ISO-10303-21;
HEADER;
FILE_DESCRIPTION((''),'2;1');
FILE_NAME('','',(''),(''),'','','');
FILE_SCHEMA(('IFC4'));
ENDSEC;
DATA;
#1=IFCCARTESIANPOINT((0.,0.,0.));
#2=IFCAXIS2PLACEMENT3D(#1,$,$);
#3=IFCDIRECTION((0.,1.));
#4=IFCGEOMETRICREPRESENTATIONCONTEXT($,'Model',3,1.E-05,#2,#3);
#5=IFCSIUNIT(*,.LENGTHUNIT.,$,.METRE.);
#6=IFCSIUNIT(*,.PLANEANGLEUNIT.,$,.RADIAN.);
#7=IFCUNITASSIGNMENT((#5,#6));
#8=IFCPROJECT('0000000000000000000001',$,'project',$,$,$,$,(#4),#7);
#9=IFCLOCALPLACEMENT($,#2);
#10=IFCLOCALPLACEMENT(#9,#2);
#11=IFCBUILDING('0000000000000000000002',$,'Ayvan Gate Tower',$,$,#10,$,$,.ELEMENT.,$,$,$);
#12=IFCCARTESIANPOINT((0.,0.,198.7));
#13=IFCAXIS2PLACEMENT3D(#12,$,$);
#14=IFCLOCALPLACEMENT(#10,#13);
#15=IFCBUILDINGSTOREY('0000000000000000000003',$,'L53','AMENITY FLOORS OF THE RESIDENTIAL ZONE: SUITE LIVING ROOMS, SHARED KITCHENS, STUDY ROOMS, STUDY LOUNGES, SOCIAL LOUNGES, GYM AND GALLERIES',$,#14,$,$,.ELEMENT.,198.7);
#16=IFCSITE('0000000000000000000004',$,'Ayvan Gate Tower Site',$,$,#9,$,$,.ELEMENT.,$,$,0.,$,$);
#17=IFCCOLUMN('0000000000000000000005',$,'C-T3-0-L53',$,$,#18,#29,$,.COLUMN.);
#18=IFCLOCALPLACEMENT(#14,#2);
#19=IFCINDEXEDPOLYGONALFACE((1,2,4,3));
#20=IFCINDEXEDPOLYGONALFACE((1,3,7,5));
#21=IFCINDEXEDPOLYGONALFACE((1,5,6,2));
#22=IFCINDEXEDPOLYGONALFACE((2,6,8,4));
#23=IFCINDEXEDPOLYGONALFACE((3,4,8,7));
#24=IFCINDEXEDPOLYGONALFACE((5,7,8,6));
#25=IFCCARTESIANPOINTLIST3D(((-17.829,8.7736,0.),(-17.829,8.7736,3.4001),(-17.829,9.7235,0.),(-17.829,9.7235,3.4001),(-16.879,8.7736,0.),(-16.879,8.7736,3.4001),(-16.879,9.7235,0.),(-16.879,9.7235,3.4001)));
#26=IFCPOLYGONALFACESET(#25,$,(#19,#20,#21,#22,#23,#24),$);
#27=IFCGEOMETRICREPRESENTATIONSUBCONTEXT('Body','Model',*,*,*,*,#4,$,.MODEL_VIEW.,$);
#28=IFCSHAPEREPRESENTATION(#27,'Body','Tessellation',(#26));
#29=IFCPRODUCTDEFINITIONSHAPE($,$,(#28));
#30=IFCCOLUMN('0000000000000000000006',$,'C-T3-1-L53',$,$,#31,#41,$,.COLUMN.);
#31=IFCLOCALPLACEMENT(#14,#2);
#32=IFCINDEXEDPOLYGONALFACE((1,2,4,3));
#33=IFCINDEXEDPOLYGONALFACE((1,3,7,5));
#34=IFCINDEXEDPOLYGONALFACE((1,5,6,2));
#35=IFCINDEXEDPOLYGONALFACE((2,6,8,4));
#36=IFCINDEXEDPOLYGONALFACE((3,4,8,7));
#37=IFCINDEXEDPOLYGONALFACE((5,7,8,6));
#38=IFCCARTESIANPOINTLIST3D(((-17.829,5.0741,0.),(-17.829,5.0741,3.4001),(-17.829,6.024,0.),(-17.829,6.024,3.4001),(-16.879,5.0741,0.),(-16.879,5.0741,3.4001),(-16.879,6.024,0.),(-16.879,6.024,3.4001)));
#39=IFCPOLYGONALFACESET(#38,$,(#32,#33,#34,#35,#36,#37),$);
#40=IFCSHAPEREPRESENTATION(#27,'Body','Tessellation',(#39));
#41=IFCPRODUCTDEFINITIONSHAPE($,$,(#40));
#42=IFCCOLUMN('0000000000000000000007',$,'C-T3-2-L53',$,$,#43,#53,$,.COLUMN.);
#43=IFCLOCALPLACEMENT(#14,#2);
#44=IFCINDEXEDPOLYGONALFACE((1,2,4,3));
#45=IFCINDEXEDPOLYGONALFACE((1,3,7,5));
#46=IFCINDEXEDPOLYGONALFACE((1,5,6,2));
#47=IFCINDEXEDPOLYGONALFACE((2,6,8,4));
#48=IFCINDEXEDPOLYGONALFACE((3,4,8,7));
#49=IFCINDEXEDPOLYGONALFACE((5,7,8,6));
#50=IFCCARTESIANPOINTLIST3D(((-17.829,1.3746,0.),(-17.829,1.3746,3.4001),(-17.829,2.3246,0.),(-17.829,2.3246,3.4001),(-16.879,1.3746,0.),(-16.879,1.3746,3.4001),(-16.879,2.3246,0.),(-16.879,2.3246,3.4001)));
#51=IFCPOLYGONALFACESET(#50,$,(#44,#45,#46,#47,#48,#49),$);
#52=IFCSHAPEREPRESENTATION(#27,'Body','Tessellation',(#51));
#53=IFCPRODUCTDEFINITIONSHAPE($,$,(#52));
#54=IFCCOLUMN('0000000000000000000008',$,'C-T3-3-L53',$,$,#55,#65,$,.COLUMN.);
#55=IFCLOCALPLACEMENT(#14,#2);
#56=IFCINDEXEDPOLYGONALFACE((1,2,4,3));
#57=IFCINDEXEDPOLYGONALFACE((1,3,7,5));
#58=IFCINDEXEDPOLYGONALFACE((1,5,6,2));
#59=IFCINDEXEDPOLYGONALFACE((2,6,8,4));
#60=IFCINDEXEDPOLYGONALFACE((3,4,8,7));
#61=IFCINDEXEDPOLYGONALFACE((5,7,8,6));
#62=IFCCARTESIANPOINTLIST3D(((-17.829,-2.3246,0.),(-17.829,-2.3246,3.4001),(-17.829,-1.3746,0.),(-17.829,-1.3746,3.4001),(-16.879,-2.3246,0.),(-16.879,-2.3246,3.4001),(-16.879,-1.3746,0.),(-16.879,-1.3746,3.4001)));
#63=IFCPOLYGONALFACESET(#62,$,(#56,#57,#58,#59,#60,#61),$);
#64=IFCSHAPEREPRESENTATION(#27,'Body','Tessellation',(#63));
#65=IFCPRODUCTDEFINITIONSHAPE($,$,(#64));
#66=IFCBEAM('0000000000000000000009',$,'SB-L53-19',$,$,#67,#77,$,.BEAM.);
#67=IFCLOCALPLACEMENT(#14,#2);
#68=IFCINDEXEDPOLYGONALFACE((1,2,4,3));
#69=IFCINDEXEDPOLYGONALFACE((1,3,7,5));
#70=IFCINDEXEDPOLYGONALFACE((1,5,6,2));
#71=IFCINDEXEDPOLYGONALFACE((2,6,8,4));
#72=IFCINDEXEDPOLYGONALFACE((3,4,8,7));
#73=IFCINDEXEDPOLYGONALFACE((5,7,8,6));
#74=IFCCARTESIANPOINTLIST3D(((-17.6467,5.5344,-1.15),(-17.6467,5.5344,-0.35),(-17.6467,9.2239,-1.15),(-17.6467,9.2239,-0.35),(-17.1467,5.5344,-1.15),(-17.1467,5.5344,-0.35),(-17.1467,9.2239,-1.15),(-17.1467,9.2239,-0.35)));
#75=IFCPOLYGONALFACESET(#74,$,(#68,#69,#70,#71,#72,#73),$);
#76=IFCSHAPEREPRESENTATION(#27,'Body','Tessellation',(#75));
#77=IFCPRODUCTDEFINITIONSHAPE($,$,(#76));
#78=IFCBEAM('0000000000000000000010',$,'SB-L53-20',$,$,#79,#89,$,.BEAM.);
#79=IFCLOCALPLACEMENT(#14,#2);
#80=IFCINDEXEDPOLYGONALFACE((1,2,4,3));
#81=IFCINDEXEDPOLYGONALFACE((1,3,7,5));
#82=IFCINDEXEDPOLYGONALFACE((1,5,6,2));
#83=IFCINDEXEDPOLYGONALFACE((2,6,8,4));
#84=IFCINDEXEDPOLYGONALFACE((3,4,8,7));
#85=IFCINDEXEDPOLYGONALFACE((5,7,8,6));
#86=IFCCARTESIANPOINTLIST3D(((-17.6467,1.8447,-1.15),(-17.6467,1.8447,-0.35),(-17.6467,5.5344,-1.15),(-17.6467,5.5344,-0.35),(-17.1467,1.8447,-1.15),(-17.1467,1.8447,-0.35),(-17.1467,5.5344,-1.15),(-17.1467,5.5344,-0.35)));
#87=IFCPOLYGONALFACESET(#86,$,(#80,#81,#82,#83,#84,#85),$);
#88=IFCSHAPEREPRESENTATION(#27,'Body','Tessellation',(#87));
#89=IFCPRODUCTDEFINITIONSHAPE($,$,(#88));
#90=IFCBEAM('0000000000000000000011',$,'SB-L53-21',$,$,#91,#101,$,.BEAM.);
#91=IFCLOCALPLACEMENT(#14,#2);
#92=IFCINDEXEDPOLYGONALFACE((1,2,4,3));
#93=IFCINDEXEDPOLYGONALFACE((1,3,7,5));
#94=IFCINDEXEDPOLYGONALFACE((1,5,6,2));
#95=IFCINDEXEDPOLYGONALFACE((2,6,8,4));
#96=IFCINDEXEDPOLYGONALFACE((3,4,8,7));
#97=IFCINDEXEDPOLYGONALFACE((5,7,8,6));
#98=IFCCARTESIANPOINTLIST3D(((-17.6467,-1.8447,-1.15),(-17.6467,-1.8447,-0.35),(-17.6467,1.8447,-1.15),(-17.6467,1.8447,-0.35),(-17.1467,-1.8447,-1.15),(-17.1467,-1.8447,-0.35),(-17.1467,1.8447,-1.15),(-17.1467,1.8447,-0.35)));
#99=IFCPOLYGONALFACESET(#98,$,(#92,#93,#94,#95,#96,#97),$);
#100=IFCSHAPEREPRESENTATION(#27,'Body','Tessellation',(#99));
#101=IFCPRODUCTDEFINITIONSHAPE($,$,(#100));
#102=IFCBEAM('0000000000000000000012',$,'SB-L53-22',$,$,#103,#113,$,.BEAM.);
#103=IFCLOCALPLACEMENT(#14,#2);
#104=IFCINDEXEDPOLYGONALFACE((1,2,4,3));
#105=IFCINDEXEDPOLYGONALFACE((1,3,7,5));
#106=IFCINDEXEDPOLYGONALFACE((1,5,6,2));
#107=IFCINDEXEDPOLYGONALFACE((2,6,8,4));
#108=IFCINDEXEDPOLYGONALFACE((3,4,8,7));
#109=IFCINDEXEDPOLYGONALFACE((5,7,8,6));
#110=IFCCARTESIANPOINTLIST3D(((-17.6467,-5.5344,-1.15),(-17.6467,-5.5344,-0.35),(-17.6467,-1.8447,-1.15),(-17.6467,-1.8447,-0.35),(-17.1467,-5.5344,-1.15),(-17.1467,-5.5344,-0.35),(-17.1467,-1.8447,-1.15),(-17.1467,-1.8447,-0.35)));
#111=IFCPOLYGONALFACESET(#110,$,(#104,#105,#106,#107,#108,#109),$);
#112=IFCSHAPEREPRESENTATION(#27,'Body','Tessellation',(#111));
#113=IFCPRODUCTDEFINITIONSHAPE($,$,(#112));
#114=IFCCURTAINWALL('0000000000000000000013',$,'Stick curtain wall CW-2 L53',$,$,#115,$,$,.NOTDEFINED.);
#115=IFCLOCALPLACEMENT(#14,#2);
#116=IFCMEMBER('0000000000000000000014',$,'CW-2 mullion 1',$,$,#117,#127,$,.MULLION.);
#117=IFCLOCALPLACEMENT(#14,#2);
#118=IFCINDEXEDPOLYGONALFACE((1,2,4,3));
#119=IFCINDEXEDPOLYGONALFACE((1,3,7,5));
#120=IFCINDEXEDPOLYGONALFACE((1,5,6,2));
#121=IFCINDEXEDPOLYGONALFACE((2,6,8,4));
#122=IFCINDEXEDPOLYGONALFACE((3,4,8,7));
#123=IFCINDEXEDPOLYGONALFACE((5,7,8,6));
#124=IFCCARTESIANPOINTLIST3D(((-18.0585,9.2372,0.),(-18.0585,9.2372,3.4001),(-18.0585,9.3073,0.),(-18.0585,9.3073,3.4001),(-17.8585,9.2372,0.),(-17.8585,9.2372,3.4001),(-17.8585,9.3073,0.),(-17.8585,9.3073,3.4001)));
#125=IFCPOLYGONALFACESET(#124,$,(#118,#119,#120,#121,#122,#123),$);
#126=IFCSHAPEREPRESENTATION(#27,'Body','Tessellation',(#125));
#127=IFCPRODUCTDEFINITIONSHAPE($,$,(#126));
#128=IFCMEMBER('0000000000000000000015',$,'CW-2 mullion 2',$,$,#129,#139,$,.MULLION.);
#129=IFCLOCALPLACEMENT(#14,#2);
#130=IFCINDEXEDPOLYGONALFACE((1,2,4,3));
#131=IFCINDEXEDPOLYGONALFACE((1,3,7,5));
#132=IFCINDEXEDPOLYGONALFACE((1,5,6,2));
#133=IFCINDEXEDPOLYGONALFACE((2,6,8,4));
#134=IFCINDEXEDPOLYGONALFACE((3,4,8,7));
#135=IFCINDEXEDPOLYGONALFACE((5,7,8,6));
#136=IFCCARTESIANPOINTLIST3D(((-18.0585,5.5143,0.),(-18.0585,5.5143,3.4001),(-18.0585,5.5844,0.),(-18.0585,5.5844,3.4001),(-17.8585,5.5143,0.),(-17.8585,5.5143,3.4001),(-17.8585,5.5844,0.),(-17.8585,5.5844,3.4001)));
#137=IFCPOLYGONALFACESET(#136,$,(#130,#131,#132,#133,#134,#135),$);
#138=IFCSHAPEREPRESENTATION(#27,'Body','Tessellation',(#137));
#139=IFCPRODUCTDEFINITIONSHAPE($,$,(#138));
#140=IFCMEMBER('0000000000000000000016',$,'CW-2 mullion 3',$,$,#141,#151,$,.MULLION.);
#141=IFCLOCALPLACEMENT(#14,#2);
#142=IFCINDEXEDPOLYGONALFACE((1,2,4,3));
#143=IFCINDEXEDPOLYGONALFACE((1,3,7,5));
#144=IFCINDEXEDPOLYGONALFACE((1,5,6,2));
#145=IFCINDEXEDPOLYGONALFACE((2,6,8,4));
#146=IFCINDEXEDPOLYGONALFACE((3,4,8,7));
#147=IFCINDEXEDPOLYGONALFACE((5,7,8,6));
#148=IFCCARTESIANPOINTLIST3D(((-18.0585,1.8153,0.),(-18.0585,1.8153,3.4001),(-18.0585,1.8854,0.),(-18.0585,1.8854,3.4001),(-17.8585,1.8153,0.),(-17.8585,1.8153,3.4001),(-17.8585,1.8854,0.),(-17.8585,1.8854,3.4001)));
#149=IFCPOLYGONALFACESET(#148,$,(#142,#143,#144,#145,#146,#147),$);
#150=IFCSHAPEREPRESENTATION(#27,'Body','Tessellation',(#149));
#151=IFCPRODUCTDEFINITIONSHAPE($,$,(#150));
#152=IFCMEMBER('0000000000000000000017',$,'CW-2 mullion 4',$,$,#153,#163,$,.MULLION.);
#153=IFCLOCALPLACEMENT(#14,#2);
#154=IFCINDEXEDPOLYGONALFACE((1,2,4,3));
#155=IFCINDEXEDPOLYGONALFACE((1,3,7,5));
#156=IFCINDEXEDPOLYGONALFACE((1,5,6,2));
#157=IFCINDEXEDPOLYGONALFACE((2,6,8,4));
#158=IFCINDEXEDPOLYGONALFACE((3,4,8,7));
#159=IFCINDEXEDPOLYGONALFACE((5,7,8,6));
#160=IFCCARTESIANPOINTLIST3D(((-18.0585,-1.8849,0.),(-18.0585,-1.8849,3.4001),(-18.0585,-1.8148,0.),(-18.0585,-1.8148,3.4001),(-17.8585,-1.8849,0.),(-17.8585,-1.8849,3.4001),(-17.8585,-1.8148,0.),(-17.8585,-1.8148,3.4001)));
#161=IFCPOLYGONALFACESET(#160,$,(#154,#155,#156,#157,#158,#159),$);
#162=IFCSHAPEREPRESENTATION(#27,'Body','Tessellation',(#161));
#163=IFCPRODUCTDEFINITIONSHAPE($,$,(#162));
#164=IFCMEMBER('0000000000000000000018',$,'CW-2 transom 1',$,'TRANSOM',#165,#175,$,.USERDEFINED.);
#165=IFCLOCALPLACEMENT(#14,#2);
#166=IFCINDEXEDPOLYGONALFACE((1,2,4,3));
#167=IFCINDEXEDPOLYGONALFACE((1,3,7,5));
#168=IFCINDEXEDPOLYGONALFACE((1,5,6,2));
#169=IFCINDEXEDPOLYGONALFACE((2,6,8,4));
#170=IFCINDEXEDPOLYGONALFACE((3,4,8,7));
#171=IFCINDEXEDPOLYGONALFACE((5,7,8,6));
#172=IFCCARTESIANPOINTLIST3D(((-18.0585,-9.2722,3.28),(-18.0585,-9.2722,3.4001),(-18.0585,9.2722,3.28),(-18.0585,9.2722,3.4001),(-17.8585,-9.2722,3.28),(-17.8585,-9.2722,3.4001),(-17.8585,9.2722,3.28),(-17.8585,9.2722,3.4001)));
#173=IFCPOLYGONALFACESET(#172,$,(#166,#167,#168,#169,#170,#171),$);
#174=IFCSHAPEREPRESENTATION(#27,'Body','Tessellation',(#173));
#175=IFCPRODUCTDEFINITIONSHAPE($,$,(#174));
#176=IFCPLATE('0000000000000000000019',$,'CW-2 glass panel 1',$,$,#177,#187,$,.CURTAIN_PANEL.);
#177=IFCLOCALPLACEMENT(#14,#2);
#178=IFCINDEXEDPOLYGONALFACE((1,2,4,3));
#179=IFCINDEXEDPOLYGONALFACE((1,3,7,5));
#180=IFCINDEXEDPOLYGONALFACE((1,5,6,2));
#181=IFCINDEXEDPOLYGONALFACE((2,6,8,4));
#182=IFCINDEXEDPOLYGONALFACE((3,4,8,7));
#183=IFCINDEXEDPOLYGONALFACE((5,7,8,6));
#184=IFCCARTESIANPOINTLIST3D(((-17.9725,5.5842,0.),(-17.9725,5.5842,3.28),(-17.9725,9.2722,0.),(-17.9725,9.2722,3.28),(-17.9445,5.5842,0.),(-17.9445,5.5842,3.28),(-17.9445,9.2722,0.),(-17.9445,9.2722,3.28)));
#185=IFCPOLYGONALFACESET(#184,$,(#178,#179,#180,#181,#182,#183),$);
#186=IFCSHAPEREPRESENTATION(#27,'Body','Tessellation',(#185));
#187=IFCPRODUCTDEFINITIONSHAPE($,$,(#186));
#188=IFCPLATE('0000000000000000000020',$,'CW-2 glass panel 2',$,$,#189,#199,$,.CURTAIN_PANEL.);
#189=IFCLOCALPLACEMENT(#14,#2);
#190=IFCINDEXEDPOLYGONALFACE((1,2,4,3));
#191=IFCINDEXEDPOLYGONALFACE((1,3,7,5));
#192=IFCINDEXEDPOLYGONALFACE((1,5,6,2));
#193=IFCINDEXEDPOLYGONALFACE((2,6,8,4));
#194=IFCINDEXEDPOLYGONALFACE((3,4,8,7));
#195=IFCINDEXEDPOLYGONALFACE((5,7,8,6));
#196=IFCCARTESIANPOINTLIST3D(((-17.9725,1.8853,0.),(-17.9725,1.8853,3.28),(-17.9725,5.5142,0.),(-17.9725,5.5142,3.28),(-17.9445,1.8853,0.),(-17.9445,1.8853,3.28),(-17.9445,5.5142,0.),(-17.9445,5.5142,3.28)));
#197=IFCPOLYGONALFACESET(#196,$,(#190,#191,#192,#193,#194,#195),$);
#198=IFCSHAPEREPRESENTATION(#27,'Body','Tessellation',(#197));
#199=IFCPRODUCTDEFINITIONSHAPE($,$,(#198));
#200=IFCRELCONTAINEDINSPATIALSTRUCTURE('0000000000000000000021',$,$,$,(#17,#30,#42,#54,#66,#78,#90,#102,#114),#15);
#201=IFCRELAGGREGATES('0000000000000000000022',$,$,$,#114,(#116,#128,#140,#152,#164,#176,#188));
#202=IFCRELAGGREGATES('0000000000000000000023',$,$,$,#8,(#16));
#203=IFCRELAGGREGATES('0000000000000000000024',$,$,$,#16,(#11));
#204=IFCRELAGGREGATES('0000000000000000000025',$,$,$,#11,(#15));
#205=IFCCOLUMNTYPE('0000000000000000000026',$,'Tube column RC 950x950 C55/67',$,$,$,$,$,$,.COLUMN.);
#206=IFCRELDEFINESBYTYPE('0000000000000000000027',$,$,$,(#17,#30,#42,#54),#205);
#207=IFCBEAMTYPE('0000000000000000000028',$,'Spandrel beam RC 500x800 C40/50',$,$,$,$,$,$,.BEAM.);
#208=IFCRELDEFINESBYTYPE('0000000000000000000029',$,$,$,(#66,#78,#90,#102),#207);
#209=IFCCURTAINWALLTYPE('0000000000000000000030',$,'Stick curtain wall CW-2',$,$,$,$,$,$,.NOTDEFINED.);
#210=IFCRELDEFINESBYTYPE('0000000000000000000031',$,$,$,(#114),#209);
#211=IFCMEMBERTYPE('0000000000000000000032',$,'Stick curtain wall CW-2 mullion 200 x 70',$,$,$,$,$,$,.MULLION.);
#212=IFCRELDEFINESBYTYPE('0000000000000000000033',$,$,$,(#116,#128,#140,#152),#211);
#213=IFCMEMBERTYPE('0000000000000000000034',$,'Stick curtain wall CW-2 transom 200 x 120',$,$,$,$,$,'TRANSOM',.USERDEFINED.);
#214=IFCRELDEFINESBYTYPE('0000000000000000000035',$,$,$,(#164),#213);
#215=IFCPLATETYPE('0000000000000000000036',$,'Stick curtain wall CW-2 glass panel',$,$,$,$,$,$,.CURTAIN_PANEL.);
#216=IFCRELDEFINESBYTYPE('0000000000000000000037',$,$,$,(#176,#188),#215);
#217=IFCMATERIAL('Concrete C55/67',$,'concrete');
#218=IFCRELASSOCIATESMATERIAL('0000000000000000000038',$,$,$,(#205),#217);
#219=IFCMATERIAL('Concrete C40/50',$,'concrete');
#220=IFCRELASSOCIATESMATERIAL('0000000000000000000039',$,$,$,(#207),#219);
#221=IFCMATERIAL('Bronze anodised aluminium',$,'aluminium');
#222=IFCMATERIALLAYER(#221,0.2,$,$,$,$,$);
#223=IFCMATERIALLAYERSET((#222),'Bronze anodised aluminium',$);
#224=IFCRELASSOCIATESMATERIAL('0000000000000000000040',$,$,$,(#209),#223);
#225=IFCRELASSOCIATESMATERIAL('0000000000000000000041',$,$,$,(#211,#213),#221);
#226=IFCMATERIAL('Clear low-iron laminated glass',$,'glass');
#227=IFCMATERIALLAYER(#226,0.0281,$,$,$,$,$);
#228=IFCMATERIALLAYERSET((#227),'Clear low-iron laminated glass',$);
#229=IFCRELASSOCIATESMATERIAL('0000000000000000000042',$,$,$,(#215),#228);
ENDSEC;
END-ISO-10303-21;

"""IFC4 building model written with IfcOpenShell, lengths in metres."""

from ifc_helpers import new_model, si_unit, direction, frame, origin, origin_2d, place, context, subcontext, project, spatial, rectangle, extrude, material, layer, layer_set, material_profile, profile_set, type_object, element, aggregate, save


model = new_model("IFC4")

# Units and contexts
model_context = context("Model", 3, precision=1e-05, world=origin(), true_north=direction((0.0, 1.0)))
body_context = subcontext(model_context, "Body", "Model", "MODEL_VIEW")
ifc_project = project(units=[si_unit("LENGTHUNIT", "METRE"), si_unit("PLANEANGLEUNIT", "RADIAN")], contexts=[model_context])

# Site, building, storey
site_placement = place(None, origin())
site = spatial("IfcSite", under=ifc_project, at=site_placement, Name="Ayvan Gate Tower Site", CompositionType="ELEMENT", RefElevation=0.0)
building_placement = place(site_placement, origin())
building = spatial("IfcBuilding", under=site, at=building_placement, Name="Ayvan Gate Tower", CompositionType="ELEMENT")
storey_placement = place(building_placement, frame((0.0, 0.0, 198.7)))
storey = spatial("IfcBuildingStorey", under=building, at=storey_placement, Name="L53", Description="AMENITY FLOORS OF THE RESIDENTIAL ZONE: SUITE LIVING ROOMS, SHARED KITCHENS, STUDY ROOMS, STUDY LOUNGES, SOCIAL LOUNGES, GYM AND GALLERIES", CompositionType="ELEMENT", Elevation=198.7)

# Columns
ifc_material_1 = material(Name="Concrete C55/67", Category="concrete")
ifc_material_profile_1 = material_profile(ifc_material_1, rectangle(XDim=0.95, YDim=0.95, at=origin_2d()), Name="RC 950x950")
ifc_profile_set_1 = profile_set([ifc_material_profile_1], Name="Concrete C55/67")
column_type = type_object("IfcColumnType", Name="Tube column RC 950x950 C55/67", PredefinedType="COLUMN", material=ifc_profile_set_1)
for number, where, z_axis, x_axis, name in (
    (1, (-17.354, 9.2485, 0.0), (0.0, 0.0, 1.0), (-1.0, 0.0, 0.0), "C-T3-0-L53"),
    (2, (-17.354, 5.5491, 0.0), (0.0, 0.0, 1.0), (-1.0, 0.0, 0.0), "C-T3-1-L53"),
    (3, (-17.354, 1.8496, 0.0), (0.0, 0.0, 1.0), (-1.0, 0.0, 0.0), "C-T3-2-L53"),
    (4, (-17.354, -1.8496, 0.0), (0.0, 0.0, 1.0), (-1.0, 0.0, 0.0), "C-T3-3-L53"),
):
    element("IfcColumn", number, at=place(storey_placement, frame(where, z_axis=z_axis, x_axis=x_axis)), inside=storey, type_object=column_type, Name=name, PredefinedType="COLUMN", context=body_context, shape_type="SweptSolid", body=[
        extrude(rectangle(XDim=0.95, YDim=0.95, at=origin_2d()), origin(), (0.0, 0.0, 1.0), 3.4001),
    ])

# Beams
ifc_material_2 = material(Name="Concrete C40/50", Category="concrete")
ifc_material_profile_2 = material_profile(ifc_material_2, rectangle(XDim=0.5, YDim=0.8, at=origin_2d()), Name="RC 500x800")
ifc_profile_set_2 = profile_set([ifc_material_profile_2], Name="Concrete C40/50")
beam_type = type_object("IfcBeamType", Name="Spandrel beam RC 500x800 C40/50", PredefinedType="BEAM", material=ifc_profile_set_2)
beam_1_placement = place(storey_placement, frame((-17.3967, 9.2239, -0.75), z_axis=(0.0, -1.0, 0.0), x_axis=(1.0, 0.0, 0.0)))
element("IfcBeam", 5, at=beam_1_placement, inside=storey, type_object=beam_type, Name="SB-L53-19", PredefinedType="BEAM", context=body_context, shape_type="SweptSolid", body=[
    extrude(rectangle(XDim=0.5, YDim=0.8, at=origin_2d()), origin(), (0.0, 0.0, 1.0), 3.6895),
])
beam_2_placement = place(storey_placement, frame((-17.3967, 5.5344, -0.75), z_axis=(0.0, -1.0, 0.0), x_axis=(1.0, 0.0, 0.0)))
element("IfcBeam", 6, at=beam_2_placement, inside=storey, type_object=beam_type, Name="SB-L53-20", PredefinedType="BEAM", context=body_context, shape_type="SweptSolid", body=[
    extrude(rectangle(XDim=0.5, YDim=0.8, at=origin_2d()), origin(), (0.0, 0.0, 1.0), 3.6897),
])
beam_3_placement = place(storey_placement, frame((-17.3967, 1.8447, -0.75), z_axis=(0.0, -1.0, 0.0), x_axis=(1.0, 0.0, 0.0)))
element("IfcBeam", 7, at=beam_3_placement, inside=storey, type_object=beam_type, Name="SB-L53-21", PredefinedType="BEAM", context=body_context, shape_type="SweptSolid", body=[
    extrude(rectangle(XDim=0.5, YDim=0.8, at=origin_2d()), origin(), (0.0, 0.0, 1.0), 3.6895),
])
beam_4_placement = place(storey_placement, frame((-17.3967, -1.8447, -0.75), z_axis=(0.0, -1.0, 0.0), x_axis=(1.0, 0.0, 0.0)))
element("IfcBeam", 8, at=beam_4_placement, inside=storey, type_object=beam_type, Name="SB-L53-22", PredefinedType="BEAM", context=body_context, shape_type="SweptSolid", body=[
    extrude(rectangle(XDim=0.5, YDim=0.8, at=origin_2d()), origin(), (0.0, 0.0, 1.0), 3.6897),
])

# Curtain wall, members, plates
ifc_material_3 = material(Name="Bronze anodised aluminium", Category="aluminium")
ifc_layer_1 = layer(ifc_material_3, 0.2)
ifc_layer_set_1 = layer_set([ifc_layer_1], Name="Bronze anodised aluminium")
curtain_wall_type_1 = type_object("IfcCurtainWallType", Name="Stick curtain wall CW-2", PredefinedType="NOTDEFINED", material=ifc_layer_set_1)
curtain_wall_1_placement = place(storey_placement, origin())
curtain_wall_1 = element("IfcCurtainWall", 9, at=curtain_wall_1_placement, inside=storey, type_object=curtain_wall_type_1, Name="Stick curtain wall CW-2 L53", PredefinedType="NOTDEFINED")
ifc_material_profile_3 = material_profile(ifc_material_3, rectangle(XDim=0.2, YDim=0.0701, at=origin_2d()), Name="Stick curtain wall CW-2 mullion 200 x 70")
ifc_profile_set_3 = profile_set([ifc_material_profile_3], Name="Bronze anodised aluminium")
member_type_1 = type_object("IfcMemberType", Name="Stick curtain wall CW-2 mullion 200 x 70", PredefinedType="MULLION", material=ifc_profile_set_3)
member_1_placement = place(storey_placement, frame((-17.9585, 9.2722, 0.0), z_axis=(0.0, 0.0, 1.0), x_axis=(-1.0, 0.0, 0.0)))
member_1 = element("IfcMember", 10, at=member_1_placement, type_object=member_type_1, Name="CW-2 mullion 1", PredefinedType="MULLION", context=body_context, shape_type="SweptSolid", body=[
    extrude(rectangle(XDim=0.2, YDim=0.0701, at=origin_2d()), origin(), (0.0, 0.0, 1.0), 3.4001),
])
member_2_placement = place(storey_placement, frame((-17.9585, 5.5493, 0.0), z_axis=(0.0, 0.0, 1.0), x_axis=(-1.0, 0.0, 0.0)))
member_2 = element("IfcMember", 11, at=member_2_placement, type_object=member_type_1, Name="CW-2 mullion 2", PredefinedType="MULLION", context=body_context, shape_type="SweptSolid", body=[
    extrude(rectangle(XDim=0.2, YDim=0.0701, at=origin_2d()), origin(), (0.0, 0.0, 1.0), 3.4001),
])
member_3_placement = place(storey_placement, frame((-17.9585, 1.8503, 0.0), z_axis=(0.0, 0.0, 1.0), x_axis=(-1.0, 0.0, 0.0)))
member_3 = element("IfcMember", 12, at=member_3_placement, type_object=member_type_1, Name="CW-2 mullion 3", PredefinedType="MULLION", context=body_context, shape_type="SweptSolid", body=[
    extrude(rectangle(XDim=0.2, YDim=0.0701, at=origin_2d()), origin(), (0.0, 0.0, 1.0), 3.4001),
])
member_4_placement = place(storey_placement, frame((-17.9585, -1.8499, 0.0), z_axis=(0.0, 0.0, 1.0), x_axis=(-1.0, 0.0, 0.0)))
member_4 = element("IfcMember", 13, at=member_4_placement, type_object=member_type_1, Name="CW-2 mullion 4", PredefinedType="MULLION", context=body_context, shape_type="SweptSolid", body=[
    extrude(rectangle(XDim=0.2, YDim=0.0701, at=origin_2d()), origin(), (0.0, 0.0, 1.0), 3.4001),
])
ifc_material_profile_4 = material_profile(ifc_material_3, rectangle(XDim=0.2, YDim=0.1201, at=origin_2d()), Name="Stick curtain wall CW-2 transom 200 x 120")
ifc_profile_set_4 = profile_set([ifc_material_profile_4], Name="Bronze anodised aluminium")
member_type_2 = type_object("IfcMemberType", Name="Stick curtain wall CW-2 transom 200 x 120", ElementType="TRANSOM", PredefinedType="USERDEFINED", material=ifc_profile_set_4)
member_5_placement = place(storey_placement, frame((-17.9585, 9.2722, 3.3401), z_axis=(0.0, -1.0, 0.0), x_axis=(1.0, 0.0, 0.0)))
member_5 = element("IfcMember", 14, at=member_5_placement, type_object=member_type_2, Name="CW-2 transom 1", ObjectType="TRANSOM", PredefinedType="USERDEFINED", context=body_context, shape_type="SweptSolid", body=[
    extrude(rectangle(XDim=0.2, YDim=0.1201, at=origin_2d()), origin(), (0.0, 0.0, 1.0), 18.5444),
])
ifc_material_4 = material(Name="Clear low-iron laminated glass", Category="glass")
ifc_layer_2 = layer(ifc_material_4, 0.0281)
ifc_layer_set_2 = layer_set([ifc_layer_2], Name="Clear low-iron laminated glass")
plate_type_1 = type_object("IfcPlateType", Name="Stick curtain wall CW-2 glass panel", PredefinedType="CURTAIN_PANEL", material=ifc_layer_set_2)
plate_1_placement = place(storey_placement, frame((-17.9585, 7.4282, 0.0), z_axis=(0.0, 0.0, 1.0), x_axis=(0.0, -1.0, 0.0)))
plate_1 = element("IfcPlate", 15, at=plate_1_placement, type_object=plate_type_1, Name="CW-2 glass panel 1", PredefinedType="CURTAIN_PANEL", context=body_context, shape_type="SweptSolid", body=[
    extrude(rectangle(XDim=3.688, YDim=0.0281, at=origin_2d()), origin(), (0.0, 0.0, 1.0), 3.28),
])
plate_2_placement = place(storey_placement, frame((-17.9585, 3.6997, 0.0), z_axis=(0.0, 0.0, 1.0), x_axis=(0.0, -1.0, 0.0)))
plate_2 = element("IfcPlate", 16, at=plate_2_placement, type_object=plate_type_1, Name="CW-2 glass panel 2", PredefinedType="CURTAIN_PANEL", context=body_context, shape_type="SweptSolid", body=[
    extrude(rectangle(XDim=3.6289, YDim=0.0281, at=origin_2d()), origin(), (0.0, 0.0, 1.0), 3.28),
])
aggregate(curtain_wall_1, [member_1, member_2, member_3, member_4, member_5, plate_1, plate_2])

save(model, "model.ifc")
